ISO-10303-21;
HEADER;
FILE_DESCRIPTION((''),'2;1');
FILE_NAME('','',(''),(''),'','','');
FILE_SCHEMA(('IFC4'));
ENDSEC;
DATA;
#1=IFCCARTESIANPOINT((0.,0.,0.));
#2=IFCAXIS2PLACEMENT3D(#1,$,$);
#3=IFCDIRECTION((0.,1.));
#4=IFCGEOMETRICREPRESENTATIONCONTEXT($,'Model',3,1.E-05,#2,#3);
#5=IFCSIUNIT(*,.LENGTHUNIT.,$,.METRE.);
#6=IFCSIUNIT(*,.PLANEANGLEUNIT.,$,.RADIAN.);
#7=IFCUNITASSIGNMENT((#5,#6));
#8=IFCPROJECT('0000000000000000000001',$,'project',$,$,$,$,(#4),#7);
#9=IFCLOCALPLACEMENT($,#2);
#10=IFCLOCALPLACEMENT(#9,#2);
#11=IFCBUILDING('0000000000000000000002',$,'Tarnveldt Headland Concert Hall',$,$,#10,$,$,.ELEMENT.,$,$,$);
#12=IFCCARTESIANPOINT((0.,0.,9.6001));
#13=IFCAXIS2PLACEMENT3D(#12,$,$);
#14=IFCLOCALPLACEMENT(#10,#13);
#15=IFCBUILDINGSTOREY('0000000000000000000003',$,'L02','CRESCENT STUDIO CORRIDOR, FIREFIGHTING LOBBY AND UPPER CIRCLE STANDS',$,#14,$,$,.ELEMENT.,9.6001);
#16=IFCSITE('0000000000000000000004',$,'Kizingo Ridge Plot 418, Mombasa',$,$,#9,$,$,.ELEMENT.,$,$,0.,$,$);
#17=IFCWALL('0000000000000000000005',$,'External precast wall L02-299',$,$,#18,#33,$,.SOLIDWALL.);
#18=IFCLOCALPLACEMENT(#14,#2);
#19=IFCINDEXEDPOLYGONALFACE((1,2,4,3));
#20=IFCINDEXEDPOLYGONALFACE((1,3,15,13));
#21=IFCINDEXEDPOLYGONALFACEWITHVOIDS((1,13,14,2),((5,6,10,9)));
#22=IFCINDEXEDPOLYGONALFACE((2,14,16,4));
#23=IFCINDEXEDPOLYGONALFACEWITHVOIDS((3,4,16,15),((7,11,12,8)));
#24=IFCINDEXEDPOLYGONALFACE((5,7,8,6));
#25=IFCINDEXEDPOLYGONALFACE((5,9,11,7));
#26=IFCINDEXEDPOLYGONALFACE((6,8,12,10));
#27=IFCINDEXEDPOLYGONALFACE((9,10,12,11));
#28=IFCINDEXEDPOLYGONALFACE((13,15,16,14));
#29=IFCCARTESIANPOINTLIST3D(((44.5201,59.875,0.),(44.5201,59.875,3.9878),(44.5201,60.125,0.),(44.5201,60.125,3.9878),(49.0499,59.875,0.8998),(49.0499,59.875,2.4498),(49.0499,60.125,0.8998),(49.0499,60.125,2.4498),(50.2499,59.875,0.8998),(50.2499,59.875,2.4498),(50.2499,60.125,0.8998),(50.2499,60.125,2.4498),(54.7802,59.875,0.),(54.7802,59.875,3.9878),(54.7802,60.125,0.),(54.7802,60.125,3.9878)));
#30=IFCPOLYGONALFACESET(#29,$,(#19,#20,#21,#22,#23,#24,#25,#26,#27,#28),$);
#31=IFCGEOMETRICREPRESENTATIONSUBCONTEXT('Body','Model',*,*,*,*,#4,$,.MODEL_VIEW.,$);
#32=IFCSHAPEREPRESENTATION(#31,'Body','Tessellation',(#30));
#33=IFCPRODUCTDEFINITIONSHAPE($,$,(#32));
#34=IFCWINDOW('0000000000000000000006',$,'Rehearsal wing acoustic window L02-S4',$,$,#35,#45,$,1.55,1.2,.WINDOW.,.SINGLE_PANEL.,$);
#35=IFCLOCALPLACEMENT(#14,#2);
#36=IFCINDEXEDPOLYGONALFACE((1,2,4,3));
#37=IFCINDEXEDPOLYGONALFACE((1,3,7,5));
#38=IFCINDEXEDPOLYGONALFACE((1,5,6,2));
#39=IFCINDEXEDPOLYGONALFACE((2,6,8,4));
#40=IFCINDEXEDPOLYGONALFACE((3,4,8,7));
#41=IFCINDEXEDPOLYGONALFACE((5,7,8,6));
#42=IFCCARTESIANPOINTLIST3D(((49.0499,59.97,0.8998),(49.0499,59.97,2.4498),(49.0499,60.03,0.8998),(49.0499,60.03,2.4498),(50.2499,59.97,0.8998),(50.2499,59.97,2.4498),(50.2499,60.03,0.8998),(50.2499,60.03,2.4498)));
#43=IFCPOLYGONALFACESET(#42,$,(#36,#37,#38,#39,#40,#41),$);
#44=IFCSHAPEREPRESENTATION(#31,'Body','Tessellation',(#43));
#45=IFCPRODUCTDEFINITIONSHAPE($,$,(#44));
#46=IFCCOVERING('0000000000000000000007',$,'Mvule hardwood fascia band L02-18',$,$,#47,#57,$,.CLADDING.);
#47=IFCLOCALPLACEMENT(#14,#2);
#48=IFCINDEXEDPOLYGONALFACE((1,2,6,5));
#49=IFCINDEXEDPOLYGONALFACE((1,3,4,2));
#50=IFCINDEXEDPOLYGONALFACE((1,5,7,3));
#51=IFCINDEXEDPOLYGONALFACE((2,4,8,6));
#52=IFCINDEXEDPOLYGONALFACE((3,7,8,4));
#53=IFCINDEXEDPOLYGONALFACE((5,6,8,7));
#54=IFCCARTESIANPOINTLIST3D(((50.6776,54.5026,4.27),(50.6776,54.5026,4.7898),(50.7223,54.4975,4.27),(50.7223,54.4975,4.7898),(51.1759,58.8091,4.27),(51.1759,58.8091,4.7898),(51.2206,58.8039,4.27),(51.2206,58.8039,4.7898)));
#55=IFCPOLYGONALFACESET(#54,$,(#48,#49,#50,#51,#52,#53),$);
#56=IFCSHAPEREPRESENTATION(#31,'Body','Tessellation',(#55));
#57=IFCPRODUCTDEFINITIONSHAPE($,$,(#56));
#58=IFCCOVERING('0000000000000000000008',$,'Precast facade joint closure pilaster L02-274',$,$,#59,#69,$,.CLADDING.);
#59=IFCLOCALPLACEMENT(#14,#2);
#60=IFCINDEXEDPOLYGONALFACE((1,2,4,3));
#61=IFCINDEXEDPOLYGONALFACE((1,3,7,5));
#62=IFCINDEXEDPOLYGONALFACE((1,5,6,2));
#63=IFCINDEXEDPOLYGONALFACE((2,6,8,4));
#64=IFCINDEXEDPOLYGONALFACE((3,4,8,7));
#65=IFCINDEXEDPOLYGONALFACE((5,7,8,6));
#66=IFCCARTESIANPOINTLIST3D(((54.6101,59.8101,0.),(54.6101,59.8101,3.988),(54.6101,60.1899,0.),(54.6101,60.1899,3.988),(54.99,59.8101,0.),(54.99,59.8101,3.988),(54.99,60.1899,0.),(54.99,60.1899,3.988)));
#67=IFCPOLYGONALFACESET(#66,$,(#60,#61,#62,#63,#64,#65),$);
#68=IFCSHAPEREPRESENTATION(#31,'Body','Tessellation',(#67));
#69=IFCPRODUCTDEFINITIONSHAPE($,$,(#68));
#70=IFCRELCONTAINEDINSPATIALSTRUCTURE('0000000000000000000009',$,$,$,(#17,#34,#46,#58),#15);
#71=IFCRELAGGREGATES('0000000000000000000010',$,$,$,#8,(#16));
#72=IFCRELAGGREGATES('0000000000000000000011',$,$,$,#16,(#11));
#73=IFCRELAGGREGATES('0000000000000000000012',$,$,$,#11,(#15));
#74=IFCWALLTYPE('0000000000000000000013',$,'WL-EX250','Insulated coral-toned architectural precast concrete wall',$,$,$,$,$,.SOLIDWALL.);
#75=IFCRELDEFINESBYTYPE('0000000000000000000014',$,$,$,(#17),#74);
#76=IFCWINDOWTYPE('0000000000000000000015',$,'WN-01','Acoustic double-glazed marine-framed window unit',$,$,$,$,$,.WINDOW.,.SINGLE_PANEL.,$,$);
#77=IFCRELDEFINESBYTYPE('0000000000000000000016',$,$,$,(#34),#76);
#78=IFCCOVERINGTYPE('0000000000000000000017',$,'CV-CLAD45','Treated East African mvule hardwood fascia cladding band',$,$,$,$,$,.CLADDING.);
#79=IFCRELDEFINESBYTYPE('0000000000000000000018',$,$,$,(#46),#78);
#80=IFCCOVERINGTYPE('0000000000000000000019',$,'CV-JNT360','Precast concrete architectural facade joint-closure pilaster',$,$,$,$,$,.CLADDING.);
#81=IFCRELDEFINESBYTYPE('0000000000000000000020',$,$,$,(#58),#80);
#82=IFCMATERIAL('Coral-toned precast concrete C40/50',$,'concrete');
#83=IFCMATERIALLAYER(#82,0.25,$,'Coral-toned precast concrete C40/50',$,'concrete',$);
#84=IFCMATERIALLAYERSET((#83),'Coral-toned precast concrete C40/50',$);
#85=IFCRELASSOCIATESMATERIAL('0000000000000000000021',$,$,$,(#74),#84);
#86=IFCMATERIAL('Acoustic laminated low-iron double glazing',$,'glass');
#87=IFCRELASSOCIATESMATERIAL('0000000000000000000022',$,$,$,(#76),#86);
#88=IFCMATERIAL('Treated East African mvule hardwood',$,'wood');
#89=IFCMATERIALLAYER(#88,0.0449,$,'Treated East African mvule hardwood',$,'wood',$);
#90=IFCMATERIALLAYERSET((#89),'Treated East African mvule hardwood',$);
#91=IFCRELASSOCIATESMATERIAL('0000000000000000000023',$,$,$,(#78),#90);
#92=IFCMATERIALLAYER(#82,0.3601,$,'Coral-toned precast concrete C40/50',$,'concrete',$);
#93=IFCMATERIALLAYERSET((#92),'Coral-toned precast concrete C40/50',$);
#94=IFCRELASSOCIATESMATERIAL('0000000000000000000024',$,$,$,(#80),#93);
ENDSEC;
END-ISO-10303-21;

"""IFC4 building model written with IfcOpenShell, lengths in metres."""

from ifc_helpers import new_model, si_unit, direction, frame, frame_2d, origin, origin_2d, place, context, subcontext, project, spatial, rectangle, extrude, material, layer, layer_set, type_object, element, fill, save


model = new_model("IFC4")

# Units and contexts
model_context = context("Model", 3, precision=1e-05, world=origin(), true_north=direction((0.0, 1.0)))
body_context = subcontext(model_context, "Body", "Model", "MODEL_VIEW")
ifc_project = project(units=[si_unit("LENGTHUNIT", "METRE"), si_unit("PLANEANGLEUNIT", "RADIAN")], contexts=[model_context])

# Site, building, storey
site_placement = place(None, origin())
site = spatial("IfcSite", under=ifc_project, at=site_placement, Name="Kizingo Ridge Plot 418, Mombasa", CompositionType="ELEMENT", RefElevation=0.0)
building_placement = place(site_placement, origin())
building = spatial("IfcBuilding", under=site, at=building_placement, Name="Tarnveldt Headland Concert Hall", CompositionType="ELEMENT")
storey_placement = place(building_placement, frame((0.0, 0.0, 9.6001)))
storey = spatial("IfcBuildingStorey", under=building, at=storey_placement, Name="L02", Description="CRESCENT STUDIO CORRIDOR, FIREFIGHTING LOBBY AND UPPER CIRCLE STANDS", CompositionType="ELEMENT", Elevation=9.6001)

# Shared definitions
ifc_material_1 = material(Name="Acoustic laminated low-iron double glazing", Category="glass")

# Wall, opening, window
ifc_material_2 = material(Name="Coral-toned precast concrete C40/50", Category="concrete")
ifc_layer_1 = layer(ifc_material_2, 0.25, Name="Coral-toned precast concrete C40/50", Category="concrete")
ifc_layer_set_1 = layer_set([ifc_layer_1], Name="Coral-toned precast concrete C40/50")
wall_type_1 = type_object("IfcWallType", Name="WL-EX250", Description="Insulated coral-toned architectural precast concrete wall", PredefinedType="SOLIDWALL", material=ifc_layer_set_1)
wall_placement = place(storey_placement, frame((54.78, 60.0, 0.0), z_axis=(0.0, 0.0, 1.0), x_axis=(-1.0, 0.0, 0.0)))
wall = element("IfcWall", 1, at=wall_placement, inside=storey, type_object=wall_type_1, Name="External precast wall L02-299", PredefinedType="SOLIDWALL", context=body_context, shape_type="SweptSolid", body=[
    extrude(rectangle(XDim=10.26, YDim=0.25, at=frame_2d((5.1299, 0.0))), origin(), (0.0, 0.0, 1.0), 3.9878),
])
opening_placement = place(wall_placement, frame((4.53, 0.0, 0.8999)))
opening = element("IfcOpeningElement", 2, at=opening_placement, cuts=wall, PredefinedType="OPENING", context=body_context, shape_type="SweptSolid", body=[
    extrude(rectangle(XDim=1.2, YDim=1.55, at=frame_2d((0.6001, 0.7749))), frame((0.0, 0.135, 0.0), z_axis=(0.0, -1.0, 0.0), x_axis=(1.0, 0.0, 0.0)), (0.0, 0.0, 1.0), 0.27),
])
window_type = type_object("IfcWindowType", Name="WN-01", Description="Acoustic double-glazed marine-framed window unit", PartitioningType="SINGLE_PANEL", PredefinedType="WINDOW", material=ifc_material_1)
window_placement = place(opening_placement, origin())
window = element("IfcWindow", 3, at=window_placement, inside=storey, type_object=window_type, Name="Rehearsal wing acoustic window L02-S4", OverallHeight=1.55, OverallWidth=1.2, PartitioningType="SINGLE_PANEL", PredefinedType="WINDOW", context=body_context, shape_type="SweptSolid", body=[
    extrude(rectangle(XDim=1.2, YDim=1.55, at=frame_2d((0.6001, 0.7749))), frame((0.0, 0.03, 0.0), z_axis=(0.0, -1.0, 0.0), x_axis=(1.0, 0.0, 0.0)), (0.0, 0.0, 1.0), 0.0601),
])
fill(opening, window)

# Coverings
ifc_material_3 = material(Name="Treated East African mvule hardwood", Category="wood")
ifc_layer_2 = layer(ifc_material_3, 0.0449, Name="Treated East African mvule hardwood", Category="wood")
ifc_layer_set_2 = layer_set([ifc_layer_2], Name="Treated East African mvule hardwood")
covering_type_1 = type_object("IfcCoveringType", Name="CV-CLAD45", Description="Treated East African mvule hardwood fascia cladding band", PredefinedType="CLADDING", material=ifc_layer_set_2)
covering_1_placement = place(storey_placement, frame((51.1982, 58.8064, 4.27), z_axis=(0.0, 0.0, 1.0), x_axis=(-0.114943, -0.993372, 0.0)))
element("IfcCovering", 4, at=covering_1_placement, inside=storey, type_object=covering_type_1, Name="Mvule hardwood fascia band L02-18", PredefinedType="CLADDING", context=body_context, shape_type="SweptSolid", body=[
    extrude(rectangle(XDim=4.3352, YDim=0.0449, at=frame_2d((2.1675, 0.0))), origin(), (0.0, 0.0, 1.0), 0.5198),
])
ifc_layer_3 = layer(ifc_material_2, 0.3601, Name="Coral-toned precast concrete C40/50", Category="concrete")
ifc_layer_set_3 = layer_set([ifc_layer_3], Name="Coral-toned precast concrete C40/50")
covering_type_2 = type_object("IfcCoveringType", Name="CV-JNT360", Description="Precast concrete architectural facade joint-closure pilaster", PredefinedType="CLADDING", material=ifc_layer_set_3)
covering_2_placement = place(storey_placement, frame((54.8, 60.0, 0.0), z_axis=(0.0, 0.0, 1.0), x_axis=(-1.0, 0.0, 0.0)))
element("IfcCovering", 5, at=covering_2_placement, inside=storey, type_object=covering_type_2, Name="Precast facade joint closure pilaster L02-274", PredefinedType="CLADDING", context=body_context, shape_type="SweptSolid", body=[
    extrude(rectangle(XDim=0.3799, YDim=0.3799, at=origin_2d()), origin(), (0.0, 0.0, 1.0), 3.988),
])

save(model, "model.ifc")
